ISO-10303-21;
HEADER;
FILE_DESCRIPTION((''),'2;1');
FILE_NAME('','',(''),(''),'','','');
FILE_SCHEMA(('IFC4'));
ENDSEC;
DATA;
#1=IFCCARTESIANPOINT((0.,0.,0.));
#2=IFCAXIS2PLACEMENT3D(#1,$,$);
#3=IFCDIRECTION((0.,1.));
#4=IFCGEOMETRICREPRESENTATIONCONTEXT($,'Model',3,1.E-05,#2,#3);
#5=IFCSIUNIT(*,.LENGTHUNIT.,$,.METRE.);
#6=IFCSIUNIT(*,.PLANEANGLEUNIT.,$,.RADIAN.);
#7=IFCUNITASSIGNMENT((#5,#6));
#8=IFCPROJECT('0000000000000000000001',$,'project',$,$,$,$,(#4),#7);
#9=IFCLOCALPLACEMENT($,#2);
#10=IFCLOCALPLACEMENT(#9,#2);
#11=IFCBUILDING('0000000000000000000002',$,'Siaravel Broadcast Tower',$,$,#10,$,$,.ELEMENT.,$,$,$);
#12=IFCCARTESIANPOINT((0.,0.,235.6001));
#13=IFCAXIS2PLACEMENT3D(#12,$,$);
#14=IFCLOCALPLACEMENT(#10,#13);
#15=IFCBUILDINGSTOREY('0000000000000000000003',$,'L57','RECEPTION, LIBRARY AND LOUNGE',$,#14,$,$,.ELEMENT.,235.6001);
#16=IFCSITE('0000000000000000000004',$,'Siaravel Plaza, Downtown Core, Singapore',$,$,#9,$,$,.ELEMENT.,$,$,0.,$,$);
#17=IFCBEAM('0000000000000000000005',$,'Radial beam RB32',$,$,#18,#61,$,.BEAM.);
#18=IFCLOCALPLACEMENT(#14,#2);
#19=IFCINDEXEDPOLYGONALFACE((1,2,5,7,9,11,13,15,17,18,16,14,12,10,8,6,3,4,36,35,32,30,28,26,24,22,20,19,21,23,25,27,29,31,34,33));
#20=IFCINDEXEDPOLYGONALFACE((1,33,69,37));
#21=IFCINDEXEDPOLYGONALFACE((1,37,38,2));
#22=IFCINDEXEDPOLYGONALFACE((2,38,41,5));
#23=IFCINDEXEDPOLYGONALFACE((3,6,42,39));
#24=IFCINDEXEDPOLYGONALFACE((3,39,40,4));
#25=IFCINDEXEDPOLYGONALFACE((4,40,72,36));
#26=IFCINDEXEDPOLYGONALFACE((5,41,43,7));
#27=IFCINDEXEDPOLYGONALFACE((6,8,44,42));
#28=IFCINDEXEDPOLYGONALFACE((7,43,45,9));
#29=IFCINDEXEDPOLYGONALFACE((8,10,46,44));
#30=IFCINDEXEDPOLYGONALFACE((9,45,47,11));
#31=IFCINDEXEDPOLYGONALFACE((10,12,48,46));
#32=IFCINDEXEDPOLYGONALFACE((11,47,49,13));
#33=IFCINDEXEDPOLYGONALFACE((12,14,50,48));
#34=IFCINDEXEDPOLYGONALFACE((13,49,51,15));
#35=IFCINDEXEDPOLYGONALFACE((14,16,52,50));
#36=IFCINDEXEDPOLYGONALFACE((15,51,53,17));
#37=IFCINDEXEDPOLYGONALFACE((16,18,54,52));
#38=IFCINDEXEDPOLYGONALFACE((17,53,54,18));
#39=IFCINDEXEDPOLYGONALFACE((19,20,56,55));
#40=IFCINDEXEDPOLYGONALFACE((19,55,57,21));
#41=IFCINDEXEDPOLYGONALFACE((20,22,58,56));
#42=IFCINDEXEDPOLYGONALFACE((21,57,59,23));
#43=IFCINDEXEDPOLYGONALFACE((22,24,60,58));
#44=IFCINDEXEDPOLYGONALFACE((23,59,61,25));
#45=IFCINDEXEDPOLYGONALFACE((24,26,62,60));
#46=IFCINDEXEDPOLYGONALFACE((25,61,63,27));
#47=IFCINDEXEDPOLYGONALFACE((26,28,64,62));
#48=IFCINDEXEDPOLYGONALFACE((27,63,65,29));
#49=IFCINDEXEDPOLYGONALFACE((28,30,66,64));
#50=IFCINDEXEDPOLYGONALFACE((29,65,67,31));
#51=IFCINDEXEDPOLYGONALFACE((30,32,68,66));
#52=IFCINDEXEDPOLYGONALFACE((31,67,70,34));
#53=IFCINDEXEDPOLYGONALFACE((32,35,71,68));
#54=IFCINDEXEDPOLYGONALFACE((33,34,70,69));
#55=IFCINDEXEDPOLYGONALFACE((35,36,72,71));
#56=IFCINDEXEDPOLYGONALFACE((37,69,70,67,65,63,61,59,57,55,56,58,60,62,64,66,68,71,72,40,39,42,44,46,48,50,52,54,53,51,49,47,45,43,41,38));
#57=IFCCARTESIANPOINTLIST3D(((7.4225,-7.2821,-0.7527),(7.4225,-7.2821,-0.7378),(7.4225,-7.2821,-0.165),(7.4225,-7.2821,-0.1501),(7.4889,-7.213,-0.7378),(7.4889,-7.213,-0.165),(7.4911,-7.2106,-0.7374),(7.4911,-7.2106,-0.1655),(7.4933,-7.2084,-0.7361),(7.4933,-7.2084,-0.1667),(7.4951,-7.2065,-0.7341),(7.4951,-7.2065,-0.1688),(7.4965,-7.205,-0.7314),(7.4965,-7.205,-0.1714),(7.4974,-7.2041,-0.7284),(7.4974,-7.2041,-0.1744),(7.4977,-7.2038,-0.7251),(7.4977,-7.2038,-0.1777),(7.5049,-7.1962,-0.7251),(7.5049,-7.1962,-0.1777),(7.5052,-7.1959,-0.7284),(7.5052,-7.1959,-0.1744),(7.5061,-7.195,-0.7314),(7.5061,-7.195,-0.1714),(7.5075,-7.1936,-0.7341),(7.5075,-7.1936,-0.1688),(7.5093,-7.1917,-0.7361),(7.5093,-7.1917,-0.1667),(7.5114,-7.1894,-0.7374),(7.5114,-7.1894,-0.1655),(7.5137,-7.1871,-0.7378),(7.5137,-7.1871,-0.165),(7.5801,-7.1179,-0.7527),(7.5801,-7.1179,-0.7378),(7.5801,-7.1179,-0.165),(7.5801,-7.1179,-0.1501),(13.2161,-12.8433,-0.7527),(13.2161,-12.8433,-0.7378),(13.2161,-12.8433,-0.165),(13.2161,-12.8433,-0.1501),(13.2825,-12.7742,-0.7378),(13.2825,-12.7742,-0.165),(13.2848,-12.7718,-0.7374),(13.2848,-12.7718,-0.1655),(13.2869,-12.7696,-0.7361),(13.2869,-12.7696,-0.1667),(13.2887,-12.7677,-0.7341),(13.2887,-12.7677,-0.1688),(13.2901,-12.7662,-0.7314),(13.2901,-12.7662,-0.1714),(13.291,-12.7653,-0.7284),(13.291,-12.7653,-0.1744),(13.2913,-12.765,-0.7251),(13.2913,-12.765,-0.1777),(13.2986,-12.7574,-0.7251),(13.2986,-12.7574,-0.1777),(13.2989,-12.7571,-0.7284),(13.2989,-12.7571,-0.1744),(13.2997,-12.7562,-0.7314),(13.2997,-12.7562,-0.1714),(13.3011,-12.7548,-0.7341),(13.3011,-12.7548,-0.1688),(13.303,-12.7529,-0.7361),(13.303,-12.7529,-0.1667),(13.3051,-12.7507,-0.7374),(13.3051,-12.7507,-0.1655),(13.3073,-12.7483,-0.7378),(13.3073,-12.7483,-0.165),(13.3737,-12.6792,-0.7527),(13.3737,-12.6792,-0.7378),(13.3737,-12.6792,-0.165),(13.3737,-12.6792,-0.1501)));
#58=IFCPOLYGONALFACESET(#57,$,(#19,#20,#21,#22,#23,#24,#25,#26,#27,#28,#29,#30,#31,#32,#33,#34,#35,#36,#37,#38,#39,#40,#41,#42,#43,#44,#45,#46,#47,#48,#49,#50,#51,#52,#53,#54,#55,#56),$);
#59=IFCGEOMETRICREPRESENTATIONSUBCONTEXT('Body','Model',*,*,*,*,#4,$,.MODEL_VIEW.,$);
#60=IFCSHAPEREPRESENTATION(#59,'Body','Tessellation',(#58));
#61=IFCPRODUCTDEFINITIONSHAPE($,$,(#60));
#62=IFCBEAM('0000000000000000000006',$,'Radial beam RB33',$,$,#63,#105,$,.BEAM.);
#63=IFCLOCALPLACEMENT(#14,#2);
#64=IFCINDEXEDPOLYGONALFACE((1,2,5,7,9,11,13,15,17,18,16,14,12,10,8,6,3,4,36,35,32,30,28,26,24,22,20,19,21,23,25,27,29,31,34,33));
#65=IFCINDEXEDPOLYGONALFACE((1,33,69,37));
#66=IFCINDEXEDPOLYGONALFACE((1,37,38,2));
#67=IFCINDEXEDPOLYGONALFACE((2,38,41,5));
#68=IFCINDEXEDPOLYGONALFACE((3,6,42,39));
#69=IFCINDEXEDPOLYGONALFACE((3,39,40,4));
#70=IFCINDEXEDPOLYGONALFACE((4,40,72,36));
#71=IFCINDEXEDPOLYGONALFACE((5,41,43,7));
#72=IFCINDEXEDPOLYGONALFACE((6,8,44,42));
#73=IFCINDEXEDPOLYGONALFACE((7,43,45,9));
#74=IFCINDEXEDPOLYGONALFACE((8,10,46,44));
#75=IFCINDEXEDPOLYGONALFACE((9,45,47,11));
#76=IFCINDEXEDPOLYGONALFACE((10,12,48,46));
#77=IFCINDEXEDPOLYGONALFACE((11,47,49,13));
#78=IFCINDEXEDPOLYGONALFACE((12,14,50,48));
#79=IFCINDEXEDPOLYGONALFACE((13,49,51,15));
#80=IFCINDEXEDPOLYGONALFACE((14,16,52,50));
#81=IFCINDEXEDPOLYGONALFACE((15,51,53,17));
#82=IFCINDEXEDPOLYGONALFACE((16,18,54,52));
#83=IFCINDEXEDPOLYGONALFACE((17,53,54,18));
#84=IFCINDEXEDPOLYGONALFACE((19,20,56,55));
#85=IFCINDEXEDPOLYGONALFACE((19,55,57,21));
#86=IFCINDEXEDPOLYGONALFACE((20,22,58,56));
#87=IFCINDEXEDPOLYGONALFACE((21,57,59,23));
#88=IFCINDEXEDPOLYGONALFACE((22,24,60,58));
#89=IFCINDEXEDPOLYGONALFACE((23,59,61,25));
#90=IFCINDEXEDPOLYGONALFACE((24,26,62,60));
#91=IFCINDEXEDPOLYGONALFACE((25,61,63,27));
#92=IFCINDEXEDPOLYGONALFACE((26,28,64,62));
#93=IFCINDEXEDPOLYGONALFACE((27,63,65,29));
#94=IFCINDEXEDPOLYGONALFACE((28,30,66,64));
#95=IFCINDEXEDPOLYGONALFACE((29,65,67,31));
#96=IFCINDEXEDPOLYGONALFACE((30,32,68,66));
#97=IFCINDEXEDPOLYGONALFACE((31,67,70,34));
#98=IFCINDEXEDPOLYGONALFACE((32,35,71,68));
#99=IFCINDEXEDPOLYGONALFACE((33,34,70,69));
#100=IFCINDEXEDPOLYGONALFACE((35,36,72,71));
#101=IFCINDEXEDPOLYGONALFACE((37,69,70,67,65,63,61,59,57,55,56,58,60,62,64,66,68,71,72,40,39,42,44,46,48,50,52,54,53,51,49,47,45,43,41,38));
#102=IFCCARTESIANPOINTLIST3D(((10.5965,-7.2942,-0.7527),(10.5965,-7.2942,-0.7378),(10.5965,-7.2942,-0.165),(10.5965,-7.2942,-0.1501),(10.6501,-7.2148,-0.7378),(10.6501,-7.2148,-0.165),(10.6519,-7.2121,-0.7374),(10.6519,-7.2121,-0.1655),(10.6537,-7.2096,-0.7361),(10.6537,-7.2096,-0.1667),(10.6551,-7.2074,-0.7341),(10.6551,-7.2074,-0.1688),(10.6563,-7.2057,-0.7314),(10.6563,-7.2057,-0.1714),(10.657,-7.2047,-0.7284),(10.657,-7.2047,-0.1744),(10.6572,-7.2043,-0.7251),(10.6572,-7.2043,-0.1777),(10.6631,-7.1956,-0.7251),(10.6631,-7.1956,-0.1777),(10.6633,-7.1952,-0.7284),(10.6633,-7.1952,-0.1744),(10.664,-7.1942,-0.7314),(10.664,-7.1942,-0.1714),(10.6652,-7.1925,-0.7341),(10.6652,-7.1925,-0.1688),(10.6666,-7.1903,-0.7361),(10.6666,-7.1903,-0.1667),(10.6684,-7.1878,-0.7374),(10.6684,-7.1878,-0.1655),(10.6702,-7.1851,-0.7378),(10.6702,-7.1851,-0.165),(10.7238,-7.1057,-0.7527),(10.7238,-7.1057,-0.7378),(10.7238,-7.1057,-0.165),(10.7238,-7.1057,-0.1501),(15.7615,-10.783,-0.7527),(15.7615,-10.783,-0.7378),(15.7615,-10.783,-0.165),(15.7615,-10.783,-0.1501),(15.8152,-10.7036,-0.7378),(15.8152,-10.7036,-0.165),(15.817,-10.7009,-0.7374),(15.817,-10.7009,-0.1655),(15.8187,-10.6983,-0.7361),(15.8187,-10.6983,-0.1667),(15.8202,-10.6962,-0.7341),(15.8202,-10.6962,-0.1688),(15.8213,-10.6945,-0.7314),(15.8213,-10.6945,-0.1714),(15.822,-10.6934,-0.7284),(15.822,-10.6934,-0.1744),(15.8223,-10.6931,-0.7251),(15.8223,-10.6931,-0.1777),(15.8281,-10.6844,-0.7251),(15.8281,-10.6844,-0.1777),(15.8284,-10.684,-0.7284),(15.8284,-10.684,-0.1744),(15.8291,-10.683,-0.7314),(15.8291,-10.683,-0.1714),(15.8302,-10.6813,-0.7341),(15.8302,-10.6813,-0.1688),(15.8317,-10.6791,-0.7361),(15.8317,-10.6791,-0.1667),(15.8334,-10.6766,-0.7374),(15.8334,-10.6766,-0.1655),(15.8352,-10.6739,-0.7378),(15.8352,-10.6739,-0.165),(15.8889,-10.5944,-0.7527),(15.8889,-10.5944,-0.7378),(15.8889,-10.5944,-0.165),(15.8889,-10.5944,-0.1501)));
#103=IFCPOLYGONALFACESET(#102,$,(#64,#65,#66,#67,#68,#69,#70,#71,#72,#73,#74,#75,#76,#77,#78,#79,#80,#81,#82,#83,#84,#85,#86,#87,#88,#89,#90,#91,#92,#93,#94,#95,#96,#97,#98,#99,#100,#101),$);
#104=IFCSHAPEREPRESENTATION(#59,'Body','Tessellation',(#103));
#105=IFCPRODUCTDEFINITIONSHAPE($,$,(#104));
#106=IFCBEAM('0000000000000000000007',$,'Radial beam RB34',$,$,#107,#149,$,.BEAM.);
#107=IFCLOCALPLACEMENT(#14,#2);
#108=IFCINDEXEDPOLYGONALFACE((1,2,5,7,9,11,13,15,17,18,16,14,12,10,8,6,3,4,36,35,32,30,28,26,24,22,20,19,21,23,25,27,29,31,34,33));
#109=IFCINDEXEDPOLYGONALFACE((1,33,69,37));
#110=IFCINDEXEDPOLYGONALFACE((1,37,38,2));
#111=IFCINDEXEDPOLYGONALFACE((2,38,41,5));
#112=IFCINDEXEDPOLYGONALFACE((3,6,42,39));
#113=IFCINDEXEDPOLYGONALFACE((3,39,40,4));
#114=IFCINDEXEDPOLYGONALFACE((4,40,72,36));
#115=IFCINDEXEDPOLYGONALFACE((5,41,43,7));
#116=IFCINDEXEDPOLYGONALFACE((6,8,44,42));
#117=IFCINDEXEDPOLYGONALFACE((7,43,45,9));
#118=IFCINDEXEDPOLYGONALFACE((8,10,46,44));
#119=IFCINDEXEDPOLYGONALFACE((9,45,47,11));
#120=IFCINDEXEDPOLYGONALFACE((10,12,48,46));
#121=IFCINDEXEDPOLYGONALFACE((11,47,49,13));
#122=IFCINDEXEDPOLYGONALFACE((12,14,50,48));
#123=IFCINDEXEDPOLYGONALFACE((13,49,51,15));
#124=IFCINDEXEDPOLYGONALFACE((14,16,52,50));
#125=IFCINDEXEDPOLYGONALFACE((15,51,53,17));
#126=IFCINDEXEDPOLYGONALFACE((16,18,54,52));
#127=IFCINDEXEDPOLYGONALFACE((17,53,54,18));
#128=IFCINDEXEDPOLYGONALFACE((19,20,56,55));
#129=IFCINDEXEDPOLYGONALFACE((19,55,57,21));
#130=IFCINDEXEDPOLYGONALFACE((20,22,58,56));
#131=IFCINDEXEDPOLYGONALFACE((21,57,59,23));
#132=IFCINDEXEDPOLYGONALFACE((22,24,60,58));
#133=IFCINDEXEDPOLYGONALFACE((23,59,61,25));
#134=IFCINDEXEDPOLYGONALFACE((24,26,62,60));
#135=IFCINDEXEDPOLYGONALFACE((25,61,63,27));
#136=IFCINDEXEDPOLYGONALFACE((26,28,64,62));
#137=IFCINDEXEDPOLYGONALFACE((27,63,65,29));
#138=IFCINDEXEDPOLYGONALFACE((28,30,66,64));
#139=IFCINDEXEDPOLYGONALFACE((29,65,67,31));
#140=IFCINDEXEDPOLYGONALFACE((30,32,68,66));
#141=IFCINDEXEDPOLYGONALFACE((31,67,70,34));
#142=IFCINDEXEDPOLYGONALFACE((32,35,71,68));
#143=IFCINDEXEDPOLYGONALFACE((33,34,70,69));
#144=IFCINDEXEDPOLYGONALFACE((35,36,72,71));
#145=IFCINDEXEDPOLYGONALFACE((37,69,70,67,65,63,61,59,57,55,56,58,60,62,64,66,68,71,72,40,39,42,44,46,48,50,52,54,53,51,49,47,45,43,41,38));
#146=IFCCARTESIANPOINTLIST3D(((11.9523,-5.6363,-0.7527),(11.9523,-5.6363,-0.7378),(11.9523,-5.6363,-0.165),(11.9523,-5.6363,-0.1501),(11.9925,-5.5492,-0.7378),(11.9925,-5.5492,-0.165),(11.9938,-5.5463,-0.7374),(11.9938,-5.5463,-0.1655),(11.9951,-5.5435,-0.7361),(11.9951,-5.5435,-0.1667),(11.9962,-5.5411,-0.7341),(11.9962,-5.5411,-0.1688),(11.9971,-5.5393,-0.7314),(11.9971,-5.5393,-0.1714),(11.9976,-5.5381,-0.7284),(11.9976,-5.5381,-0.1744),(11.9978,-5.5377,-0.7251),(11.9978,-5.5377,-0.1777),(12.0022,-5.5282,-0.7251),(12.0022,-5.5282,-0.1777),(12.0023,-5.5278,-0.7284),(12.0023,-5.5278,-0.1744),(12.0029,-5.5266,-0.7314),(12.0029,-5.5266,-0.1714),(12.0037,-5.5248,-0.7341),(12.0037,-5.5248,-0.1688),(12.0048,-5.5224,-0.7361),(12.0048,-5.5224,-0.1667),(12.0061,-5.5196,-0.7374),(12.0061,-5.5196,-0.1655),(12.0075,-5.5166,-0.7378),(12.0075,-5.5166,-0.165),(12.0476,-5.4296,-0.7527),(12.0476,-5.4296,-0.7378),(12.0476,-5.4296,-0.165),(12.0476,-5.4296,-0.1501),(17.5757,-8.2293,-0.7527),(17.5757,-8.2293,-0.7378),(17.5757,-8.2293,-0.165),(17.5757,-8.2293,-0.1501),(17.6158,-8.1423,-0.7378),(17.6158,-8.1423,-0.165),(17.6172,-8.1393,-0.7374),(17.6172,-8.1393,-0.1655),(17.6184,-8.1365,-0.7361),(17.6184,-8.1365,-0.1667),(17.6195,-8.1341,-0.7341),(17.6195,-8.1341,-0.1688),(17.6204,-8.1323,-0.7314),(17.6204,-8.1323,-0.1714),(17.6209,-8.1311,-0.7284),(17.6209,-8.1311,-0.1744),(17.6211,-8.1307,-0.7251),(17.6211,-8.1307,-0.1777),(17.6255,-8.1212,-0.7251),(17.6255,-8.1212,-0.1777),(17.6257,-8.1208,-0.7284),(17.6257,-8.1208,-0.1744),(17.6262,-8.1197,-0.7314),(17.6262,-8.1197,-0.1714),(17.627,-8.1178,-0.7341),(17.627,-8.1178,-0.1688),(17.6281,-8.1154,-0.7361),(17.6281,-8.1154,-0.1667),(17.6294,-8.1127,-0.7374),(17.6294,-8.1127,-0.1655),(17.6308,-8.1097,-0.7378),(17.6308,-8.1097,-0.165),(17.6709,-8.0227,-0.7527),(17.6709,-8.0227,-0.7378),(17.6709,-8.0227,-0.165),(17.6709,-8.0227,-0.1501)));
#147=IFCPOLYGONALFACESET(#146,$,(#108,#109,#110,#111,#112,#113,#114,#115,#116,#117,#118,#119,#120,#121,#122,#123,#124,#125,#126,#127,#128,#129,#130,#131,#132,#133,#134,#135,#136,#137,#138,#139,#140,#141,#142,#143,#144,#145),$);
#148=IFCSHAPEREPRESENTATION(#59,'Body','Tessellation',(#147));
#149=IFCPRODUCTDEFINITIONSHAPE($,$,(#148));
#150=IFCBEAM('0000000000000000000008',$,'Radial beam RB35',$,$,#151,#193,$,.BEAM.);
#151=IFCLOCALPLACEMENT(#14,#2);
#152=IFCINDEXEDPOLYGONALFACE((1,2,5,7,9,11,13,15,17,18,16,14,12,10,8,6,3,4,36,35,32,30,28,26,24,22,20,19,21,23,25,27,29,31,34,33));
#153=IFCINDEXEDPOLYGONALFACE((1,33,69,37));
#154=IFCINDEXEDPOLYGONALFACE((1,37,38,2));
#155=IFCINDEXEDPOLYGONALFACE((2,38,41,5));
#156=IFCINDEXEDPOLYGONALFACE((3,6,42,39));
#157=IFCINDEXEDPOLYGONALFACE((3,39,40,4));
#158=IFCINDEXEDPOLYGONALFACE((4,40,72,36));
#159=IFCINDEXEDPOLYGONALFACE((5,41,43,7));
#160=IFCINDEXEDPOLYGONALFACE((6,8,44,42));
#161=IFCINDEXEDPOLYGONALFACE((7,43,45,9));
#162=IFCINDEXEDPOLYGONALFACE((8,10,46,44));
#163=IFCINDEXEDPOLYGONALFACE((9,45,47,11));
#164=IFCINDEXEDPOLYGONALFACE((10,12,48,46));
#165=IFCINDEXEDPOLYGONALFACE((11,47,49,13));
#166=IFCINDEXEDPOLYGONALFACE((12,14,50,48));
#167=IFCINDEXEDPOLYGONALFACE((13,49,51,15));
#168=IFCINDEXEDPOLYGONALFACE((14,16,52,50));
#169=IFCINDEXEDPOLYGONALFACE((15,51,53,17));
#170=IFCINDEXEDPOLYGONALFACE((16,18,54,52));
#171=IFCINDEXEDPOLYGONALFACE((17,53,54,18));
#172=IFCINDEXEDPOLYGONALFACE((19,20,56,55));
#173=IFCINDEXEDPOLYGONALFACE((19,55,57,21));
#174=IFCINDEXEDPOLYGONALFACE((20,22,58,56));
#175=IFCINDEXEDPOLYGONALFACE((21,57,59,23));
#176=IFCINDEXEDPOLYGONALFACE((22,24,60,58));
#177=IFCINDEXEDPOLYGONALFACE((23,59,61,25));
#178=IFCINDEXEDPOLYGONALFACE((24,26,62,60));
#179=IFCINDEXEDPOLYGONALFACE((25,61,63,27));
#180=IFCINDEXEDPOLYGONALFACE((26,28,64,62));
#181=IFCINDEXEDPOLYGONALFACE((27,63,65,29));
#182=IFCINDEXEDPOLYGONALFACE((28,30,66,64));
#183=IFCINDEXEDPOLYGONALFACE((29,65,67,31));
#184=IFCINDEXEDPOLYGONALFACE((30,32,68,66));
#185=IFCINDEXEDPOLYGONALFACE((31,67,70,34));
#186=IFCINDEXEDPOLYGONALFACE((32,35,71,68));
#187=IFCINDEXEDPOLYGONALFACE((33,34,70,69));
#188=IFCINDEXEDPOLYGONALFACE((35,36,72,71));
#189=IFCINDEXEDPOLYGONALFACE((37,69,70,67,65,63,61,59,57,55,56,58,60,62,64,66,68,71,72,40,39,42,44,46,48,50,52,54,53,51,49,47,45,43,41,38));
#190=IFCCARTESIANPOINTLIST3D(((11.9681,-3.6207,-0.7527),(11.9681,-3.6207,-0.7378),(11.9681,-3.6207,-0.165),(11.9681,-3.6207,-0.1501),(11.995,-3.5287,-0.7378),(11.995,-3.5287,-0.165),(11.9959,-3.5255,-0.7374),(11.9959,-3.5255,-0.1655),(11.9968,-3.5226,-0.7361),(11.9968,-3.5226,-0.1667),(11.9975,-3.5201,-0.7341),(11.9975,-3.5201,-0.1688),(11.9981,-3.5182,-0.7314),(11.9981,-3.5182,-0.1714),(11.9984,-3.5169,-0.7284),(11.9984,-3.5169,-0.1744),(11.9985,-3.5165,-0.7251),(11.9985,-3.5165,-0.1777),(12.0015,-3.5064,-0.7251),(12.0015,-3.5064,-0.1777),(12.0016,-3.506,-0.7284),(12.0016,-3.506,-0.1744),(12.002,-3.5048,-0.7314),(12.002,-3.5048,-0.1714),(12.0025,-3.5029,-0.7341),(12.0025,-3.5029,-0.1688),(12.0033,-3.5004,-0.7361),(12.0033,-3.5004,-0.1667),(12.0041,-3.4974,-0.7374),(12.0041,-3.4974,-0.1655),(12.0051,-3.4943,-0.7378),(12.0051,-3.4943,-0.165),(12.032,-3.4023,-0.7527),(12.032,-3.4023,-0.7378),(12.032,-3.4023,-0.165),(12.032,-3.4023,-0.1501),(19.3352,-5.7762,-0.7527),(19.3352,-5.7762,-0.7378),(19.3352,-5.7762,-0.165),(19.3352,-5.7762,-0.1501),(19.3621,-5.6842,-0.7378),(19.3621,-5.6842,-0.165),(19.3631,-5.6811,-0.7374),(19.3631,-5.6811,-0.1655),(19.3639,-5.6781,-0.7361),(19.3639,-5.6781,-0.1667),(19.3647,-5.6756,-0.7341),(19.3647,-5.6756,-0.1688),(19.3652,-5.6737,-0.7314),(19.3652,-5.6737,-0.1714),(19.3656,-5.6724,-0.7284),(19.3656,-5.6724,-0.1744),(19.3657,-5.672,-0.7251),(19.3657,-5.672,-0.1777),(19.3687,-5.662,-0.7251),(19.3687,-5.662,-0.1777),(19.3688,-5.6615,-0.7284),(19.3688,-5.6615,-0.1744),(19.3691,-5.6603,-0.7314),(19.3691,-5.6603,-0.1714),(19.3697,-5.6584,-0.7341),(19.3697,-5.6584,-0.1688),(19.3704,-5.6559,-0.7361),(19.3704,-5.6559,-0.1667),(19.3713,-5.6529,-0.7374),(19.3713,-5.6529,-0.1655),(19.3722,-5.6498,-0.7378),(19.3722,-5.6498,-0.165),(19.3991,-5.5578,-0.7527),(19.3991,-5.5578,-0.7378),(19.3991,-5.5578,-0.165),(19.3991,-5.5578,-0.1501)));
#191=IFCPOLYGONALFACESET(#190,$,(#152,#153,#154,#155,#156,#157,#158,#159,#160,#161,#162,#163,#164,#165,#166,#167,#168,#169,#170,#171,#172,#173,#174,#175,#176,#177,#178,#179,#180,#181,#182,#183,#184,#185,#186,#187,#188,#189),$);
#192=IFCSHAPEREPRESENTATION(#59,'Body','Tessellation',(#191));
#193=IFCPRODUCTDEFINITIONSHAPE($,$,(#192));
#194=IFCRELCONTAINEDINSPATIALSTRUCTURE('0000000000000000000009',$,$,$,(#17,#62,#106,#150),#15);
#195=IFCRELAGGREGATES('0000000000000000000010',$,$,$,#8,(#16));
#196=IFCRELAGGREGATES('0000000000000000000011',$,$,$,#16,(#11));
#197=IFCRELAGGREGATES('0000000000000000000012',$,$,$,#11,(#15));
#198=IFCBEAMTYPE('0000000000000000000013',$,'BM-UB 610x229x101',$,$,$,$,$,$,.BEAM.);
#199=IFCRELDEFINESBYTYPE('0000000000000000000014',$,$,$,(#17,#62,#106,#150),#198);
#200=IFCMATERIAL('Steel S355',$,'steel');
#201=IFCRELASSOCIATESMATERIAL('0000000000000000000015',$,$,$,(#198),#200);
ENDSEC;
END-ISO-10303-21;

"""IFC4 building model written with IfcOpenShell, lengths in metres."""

from ifc_helpers import new_model, si_unit, direction, frame, origin, origin_2d, place, context, subcontext, project, spatial, i_section, extrude, material, material_profile, profile_set, type_object, element, save


model = new_model("IFC4")

# Units and contexts
model_context = context("Model", 3, precision=1e-05, world=origin(), true_north=direction((0.0, 1.0)))
body_context = subcontext(model_context, "Body", "Model", "MODEL_VIEW")
ifc_project = project(units=[si_unit("LENGTHUNIT", "METRE"), si_unit("PLANEANGLEUNIT", "RADIAN")], contexts=[model_context])

# Site, building, storey
site_placement = place(None, origin())
site = spatial("IfcSite", under=ifc_project, at=site_placement, Name="Siaravel Plaza, Downtown Core, Singapore", CompositionType="ELEMENT", RefElevation=0.0)
building_placement = place(site_placement, origin())
building = spatial("IfcBuilding", under=site, at=building_placement, Name="Siaravel Broadcast Tower", CompositionType="ELEMENT")
storey_placement = place(building_placement, frame((0.0, 0.0, 235.6001)))
storey = spatial("IfcBuildingStorey", under=building, at=storey_placement, Name="L57", Description="RECEPTION, LIBRARY AND LOUNGE", CompositionType="ELEMENT", Elevation=235.6001)

# Beams
ifc_material_1 = material(Name="Steel S355", Category="steel")
ifc_material_profile_1 = material_profile(ifc_material_1, i_section(OverallWidth=0.2275, OverallDepth=0.6025, WebThickness=0.0105, FlangeThickness=0.0149, FilletRadius=0.0127, at=origin_2d()))
ifc_profile_set_1 = profile_set([ifc_material_profile_1], Name="Steel S355")
beam_type = type_object("IfcBeamType", Name="BM-UB 610x229x101", PredefinedType="BEAM", material=ifc_profile_set_1)
beam_1_placement = place(storey_placement, frame((13.2949, -12.7612, -0.4514), z_axis=(-0.721429, 0.692488, 0.0), x_axis=(-0.692488, -0.721429, 0.0)))
element("IfcBeam", 1, at=beam_1_placement, inside=storey, type_object=beam_type, Name="Radial beam RB32", PredefinedType="BEAM", context=body_context, shape_type="SweptSolid", body=[
    extrude(i_section(OverallWidth=0.2275, OverallDepth=0.6025, WebThickness=0.0105, FlangeThickness=0.0149, FilletRadius=0.0127, at=origin_2d()), origin(), (0.0, 0.0, 1.0), 8.0308),
])
beam_2_placement = place(storey_placement, frame((15.8252, -10.6887, -0.4514), z_axis=(-0.828672, 0.559734, 0.0), x_axis=(-0.559734, -0.828672, 0.0)))
element("IfcBeam", 2, at=beam_2_placement, inside=storey, type_object=beam_type, Name="Radial beam RB33", PredefinedType="BEAM", context=body_context, shape_type="SweptSolid", body=[
    extrude(i_section(OverallWidth=0.2275, OverallDepth=0.6025, WebThickness=0.0105, FlangeThickness=0.0149, FilletRadius=0.0127, at=origin_2d()), origin(), (0.0, 0.0, 1.0), 6.2329),
])
beam_3_placement = place(storey_placement, frame((17.6233, -8.126, -0.4514), z_axis=(-0.908104, 0.418746, 0.0), x_axis=(-0.418746, -0.908104, 0.0)))
element("IfcBeam", 3, at=beam_3_placement, inside=storey, type_object=beam_type, Name="Radial beam RB34", PredefinedType="BEAM", context=body_context, shape_type="SweptSolid", body=[
    extrude(i_section(OverallWidth=0.2275, OverallDepth=0.6025, WebThickness=0.0105, FlangeThickness=0.0149, FilletRadius=0.0127, at=origin_2d()), origin(), (0.0, 0.0, 1.0), 6.1924),
])
beam_4_placement = place(storey_placement, frame((19.3672, -5.667, -0.4514), z_axis=(-0.959763, 0.280811, 0.0), x_axis=(-0.280811, -0.959763, 0.0)))
element("IfcBeam", 4, at=beam_4_placement, inside=storey, type_object=beam_type, Name="Radial beam RB35", PredefinedType="BEAM", context=body_context, shape_type="SweptSolid", body=[
    extrude(i_section(OverallWidth=0.2275, OverallDepth=0.6025, WebThickness=0.0105, FlangeThickness=0.0149, FilletRadius=0.0127, at=origin_2d()), origin(), (0.0, 0.0, 1.0), 7.676),
])

save(model, "model.ifc")
